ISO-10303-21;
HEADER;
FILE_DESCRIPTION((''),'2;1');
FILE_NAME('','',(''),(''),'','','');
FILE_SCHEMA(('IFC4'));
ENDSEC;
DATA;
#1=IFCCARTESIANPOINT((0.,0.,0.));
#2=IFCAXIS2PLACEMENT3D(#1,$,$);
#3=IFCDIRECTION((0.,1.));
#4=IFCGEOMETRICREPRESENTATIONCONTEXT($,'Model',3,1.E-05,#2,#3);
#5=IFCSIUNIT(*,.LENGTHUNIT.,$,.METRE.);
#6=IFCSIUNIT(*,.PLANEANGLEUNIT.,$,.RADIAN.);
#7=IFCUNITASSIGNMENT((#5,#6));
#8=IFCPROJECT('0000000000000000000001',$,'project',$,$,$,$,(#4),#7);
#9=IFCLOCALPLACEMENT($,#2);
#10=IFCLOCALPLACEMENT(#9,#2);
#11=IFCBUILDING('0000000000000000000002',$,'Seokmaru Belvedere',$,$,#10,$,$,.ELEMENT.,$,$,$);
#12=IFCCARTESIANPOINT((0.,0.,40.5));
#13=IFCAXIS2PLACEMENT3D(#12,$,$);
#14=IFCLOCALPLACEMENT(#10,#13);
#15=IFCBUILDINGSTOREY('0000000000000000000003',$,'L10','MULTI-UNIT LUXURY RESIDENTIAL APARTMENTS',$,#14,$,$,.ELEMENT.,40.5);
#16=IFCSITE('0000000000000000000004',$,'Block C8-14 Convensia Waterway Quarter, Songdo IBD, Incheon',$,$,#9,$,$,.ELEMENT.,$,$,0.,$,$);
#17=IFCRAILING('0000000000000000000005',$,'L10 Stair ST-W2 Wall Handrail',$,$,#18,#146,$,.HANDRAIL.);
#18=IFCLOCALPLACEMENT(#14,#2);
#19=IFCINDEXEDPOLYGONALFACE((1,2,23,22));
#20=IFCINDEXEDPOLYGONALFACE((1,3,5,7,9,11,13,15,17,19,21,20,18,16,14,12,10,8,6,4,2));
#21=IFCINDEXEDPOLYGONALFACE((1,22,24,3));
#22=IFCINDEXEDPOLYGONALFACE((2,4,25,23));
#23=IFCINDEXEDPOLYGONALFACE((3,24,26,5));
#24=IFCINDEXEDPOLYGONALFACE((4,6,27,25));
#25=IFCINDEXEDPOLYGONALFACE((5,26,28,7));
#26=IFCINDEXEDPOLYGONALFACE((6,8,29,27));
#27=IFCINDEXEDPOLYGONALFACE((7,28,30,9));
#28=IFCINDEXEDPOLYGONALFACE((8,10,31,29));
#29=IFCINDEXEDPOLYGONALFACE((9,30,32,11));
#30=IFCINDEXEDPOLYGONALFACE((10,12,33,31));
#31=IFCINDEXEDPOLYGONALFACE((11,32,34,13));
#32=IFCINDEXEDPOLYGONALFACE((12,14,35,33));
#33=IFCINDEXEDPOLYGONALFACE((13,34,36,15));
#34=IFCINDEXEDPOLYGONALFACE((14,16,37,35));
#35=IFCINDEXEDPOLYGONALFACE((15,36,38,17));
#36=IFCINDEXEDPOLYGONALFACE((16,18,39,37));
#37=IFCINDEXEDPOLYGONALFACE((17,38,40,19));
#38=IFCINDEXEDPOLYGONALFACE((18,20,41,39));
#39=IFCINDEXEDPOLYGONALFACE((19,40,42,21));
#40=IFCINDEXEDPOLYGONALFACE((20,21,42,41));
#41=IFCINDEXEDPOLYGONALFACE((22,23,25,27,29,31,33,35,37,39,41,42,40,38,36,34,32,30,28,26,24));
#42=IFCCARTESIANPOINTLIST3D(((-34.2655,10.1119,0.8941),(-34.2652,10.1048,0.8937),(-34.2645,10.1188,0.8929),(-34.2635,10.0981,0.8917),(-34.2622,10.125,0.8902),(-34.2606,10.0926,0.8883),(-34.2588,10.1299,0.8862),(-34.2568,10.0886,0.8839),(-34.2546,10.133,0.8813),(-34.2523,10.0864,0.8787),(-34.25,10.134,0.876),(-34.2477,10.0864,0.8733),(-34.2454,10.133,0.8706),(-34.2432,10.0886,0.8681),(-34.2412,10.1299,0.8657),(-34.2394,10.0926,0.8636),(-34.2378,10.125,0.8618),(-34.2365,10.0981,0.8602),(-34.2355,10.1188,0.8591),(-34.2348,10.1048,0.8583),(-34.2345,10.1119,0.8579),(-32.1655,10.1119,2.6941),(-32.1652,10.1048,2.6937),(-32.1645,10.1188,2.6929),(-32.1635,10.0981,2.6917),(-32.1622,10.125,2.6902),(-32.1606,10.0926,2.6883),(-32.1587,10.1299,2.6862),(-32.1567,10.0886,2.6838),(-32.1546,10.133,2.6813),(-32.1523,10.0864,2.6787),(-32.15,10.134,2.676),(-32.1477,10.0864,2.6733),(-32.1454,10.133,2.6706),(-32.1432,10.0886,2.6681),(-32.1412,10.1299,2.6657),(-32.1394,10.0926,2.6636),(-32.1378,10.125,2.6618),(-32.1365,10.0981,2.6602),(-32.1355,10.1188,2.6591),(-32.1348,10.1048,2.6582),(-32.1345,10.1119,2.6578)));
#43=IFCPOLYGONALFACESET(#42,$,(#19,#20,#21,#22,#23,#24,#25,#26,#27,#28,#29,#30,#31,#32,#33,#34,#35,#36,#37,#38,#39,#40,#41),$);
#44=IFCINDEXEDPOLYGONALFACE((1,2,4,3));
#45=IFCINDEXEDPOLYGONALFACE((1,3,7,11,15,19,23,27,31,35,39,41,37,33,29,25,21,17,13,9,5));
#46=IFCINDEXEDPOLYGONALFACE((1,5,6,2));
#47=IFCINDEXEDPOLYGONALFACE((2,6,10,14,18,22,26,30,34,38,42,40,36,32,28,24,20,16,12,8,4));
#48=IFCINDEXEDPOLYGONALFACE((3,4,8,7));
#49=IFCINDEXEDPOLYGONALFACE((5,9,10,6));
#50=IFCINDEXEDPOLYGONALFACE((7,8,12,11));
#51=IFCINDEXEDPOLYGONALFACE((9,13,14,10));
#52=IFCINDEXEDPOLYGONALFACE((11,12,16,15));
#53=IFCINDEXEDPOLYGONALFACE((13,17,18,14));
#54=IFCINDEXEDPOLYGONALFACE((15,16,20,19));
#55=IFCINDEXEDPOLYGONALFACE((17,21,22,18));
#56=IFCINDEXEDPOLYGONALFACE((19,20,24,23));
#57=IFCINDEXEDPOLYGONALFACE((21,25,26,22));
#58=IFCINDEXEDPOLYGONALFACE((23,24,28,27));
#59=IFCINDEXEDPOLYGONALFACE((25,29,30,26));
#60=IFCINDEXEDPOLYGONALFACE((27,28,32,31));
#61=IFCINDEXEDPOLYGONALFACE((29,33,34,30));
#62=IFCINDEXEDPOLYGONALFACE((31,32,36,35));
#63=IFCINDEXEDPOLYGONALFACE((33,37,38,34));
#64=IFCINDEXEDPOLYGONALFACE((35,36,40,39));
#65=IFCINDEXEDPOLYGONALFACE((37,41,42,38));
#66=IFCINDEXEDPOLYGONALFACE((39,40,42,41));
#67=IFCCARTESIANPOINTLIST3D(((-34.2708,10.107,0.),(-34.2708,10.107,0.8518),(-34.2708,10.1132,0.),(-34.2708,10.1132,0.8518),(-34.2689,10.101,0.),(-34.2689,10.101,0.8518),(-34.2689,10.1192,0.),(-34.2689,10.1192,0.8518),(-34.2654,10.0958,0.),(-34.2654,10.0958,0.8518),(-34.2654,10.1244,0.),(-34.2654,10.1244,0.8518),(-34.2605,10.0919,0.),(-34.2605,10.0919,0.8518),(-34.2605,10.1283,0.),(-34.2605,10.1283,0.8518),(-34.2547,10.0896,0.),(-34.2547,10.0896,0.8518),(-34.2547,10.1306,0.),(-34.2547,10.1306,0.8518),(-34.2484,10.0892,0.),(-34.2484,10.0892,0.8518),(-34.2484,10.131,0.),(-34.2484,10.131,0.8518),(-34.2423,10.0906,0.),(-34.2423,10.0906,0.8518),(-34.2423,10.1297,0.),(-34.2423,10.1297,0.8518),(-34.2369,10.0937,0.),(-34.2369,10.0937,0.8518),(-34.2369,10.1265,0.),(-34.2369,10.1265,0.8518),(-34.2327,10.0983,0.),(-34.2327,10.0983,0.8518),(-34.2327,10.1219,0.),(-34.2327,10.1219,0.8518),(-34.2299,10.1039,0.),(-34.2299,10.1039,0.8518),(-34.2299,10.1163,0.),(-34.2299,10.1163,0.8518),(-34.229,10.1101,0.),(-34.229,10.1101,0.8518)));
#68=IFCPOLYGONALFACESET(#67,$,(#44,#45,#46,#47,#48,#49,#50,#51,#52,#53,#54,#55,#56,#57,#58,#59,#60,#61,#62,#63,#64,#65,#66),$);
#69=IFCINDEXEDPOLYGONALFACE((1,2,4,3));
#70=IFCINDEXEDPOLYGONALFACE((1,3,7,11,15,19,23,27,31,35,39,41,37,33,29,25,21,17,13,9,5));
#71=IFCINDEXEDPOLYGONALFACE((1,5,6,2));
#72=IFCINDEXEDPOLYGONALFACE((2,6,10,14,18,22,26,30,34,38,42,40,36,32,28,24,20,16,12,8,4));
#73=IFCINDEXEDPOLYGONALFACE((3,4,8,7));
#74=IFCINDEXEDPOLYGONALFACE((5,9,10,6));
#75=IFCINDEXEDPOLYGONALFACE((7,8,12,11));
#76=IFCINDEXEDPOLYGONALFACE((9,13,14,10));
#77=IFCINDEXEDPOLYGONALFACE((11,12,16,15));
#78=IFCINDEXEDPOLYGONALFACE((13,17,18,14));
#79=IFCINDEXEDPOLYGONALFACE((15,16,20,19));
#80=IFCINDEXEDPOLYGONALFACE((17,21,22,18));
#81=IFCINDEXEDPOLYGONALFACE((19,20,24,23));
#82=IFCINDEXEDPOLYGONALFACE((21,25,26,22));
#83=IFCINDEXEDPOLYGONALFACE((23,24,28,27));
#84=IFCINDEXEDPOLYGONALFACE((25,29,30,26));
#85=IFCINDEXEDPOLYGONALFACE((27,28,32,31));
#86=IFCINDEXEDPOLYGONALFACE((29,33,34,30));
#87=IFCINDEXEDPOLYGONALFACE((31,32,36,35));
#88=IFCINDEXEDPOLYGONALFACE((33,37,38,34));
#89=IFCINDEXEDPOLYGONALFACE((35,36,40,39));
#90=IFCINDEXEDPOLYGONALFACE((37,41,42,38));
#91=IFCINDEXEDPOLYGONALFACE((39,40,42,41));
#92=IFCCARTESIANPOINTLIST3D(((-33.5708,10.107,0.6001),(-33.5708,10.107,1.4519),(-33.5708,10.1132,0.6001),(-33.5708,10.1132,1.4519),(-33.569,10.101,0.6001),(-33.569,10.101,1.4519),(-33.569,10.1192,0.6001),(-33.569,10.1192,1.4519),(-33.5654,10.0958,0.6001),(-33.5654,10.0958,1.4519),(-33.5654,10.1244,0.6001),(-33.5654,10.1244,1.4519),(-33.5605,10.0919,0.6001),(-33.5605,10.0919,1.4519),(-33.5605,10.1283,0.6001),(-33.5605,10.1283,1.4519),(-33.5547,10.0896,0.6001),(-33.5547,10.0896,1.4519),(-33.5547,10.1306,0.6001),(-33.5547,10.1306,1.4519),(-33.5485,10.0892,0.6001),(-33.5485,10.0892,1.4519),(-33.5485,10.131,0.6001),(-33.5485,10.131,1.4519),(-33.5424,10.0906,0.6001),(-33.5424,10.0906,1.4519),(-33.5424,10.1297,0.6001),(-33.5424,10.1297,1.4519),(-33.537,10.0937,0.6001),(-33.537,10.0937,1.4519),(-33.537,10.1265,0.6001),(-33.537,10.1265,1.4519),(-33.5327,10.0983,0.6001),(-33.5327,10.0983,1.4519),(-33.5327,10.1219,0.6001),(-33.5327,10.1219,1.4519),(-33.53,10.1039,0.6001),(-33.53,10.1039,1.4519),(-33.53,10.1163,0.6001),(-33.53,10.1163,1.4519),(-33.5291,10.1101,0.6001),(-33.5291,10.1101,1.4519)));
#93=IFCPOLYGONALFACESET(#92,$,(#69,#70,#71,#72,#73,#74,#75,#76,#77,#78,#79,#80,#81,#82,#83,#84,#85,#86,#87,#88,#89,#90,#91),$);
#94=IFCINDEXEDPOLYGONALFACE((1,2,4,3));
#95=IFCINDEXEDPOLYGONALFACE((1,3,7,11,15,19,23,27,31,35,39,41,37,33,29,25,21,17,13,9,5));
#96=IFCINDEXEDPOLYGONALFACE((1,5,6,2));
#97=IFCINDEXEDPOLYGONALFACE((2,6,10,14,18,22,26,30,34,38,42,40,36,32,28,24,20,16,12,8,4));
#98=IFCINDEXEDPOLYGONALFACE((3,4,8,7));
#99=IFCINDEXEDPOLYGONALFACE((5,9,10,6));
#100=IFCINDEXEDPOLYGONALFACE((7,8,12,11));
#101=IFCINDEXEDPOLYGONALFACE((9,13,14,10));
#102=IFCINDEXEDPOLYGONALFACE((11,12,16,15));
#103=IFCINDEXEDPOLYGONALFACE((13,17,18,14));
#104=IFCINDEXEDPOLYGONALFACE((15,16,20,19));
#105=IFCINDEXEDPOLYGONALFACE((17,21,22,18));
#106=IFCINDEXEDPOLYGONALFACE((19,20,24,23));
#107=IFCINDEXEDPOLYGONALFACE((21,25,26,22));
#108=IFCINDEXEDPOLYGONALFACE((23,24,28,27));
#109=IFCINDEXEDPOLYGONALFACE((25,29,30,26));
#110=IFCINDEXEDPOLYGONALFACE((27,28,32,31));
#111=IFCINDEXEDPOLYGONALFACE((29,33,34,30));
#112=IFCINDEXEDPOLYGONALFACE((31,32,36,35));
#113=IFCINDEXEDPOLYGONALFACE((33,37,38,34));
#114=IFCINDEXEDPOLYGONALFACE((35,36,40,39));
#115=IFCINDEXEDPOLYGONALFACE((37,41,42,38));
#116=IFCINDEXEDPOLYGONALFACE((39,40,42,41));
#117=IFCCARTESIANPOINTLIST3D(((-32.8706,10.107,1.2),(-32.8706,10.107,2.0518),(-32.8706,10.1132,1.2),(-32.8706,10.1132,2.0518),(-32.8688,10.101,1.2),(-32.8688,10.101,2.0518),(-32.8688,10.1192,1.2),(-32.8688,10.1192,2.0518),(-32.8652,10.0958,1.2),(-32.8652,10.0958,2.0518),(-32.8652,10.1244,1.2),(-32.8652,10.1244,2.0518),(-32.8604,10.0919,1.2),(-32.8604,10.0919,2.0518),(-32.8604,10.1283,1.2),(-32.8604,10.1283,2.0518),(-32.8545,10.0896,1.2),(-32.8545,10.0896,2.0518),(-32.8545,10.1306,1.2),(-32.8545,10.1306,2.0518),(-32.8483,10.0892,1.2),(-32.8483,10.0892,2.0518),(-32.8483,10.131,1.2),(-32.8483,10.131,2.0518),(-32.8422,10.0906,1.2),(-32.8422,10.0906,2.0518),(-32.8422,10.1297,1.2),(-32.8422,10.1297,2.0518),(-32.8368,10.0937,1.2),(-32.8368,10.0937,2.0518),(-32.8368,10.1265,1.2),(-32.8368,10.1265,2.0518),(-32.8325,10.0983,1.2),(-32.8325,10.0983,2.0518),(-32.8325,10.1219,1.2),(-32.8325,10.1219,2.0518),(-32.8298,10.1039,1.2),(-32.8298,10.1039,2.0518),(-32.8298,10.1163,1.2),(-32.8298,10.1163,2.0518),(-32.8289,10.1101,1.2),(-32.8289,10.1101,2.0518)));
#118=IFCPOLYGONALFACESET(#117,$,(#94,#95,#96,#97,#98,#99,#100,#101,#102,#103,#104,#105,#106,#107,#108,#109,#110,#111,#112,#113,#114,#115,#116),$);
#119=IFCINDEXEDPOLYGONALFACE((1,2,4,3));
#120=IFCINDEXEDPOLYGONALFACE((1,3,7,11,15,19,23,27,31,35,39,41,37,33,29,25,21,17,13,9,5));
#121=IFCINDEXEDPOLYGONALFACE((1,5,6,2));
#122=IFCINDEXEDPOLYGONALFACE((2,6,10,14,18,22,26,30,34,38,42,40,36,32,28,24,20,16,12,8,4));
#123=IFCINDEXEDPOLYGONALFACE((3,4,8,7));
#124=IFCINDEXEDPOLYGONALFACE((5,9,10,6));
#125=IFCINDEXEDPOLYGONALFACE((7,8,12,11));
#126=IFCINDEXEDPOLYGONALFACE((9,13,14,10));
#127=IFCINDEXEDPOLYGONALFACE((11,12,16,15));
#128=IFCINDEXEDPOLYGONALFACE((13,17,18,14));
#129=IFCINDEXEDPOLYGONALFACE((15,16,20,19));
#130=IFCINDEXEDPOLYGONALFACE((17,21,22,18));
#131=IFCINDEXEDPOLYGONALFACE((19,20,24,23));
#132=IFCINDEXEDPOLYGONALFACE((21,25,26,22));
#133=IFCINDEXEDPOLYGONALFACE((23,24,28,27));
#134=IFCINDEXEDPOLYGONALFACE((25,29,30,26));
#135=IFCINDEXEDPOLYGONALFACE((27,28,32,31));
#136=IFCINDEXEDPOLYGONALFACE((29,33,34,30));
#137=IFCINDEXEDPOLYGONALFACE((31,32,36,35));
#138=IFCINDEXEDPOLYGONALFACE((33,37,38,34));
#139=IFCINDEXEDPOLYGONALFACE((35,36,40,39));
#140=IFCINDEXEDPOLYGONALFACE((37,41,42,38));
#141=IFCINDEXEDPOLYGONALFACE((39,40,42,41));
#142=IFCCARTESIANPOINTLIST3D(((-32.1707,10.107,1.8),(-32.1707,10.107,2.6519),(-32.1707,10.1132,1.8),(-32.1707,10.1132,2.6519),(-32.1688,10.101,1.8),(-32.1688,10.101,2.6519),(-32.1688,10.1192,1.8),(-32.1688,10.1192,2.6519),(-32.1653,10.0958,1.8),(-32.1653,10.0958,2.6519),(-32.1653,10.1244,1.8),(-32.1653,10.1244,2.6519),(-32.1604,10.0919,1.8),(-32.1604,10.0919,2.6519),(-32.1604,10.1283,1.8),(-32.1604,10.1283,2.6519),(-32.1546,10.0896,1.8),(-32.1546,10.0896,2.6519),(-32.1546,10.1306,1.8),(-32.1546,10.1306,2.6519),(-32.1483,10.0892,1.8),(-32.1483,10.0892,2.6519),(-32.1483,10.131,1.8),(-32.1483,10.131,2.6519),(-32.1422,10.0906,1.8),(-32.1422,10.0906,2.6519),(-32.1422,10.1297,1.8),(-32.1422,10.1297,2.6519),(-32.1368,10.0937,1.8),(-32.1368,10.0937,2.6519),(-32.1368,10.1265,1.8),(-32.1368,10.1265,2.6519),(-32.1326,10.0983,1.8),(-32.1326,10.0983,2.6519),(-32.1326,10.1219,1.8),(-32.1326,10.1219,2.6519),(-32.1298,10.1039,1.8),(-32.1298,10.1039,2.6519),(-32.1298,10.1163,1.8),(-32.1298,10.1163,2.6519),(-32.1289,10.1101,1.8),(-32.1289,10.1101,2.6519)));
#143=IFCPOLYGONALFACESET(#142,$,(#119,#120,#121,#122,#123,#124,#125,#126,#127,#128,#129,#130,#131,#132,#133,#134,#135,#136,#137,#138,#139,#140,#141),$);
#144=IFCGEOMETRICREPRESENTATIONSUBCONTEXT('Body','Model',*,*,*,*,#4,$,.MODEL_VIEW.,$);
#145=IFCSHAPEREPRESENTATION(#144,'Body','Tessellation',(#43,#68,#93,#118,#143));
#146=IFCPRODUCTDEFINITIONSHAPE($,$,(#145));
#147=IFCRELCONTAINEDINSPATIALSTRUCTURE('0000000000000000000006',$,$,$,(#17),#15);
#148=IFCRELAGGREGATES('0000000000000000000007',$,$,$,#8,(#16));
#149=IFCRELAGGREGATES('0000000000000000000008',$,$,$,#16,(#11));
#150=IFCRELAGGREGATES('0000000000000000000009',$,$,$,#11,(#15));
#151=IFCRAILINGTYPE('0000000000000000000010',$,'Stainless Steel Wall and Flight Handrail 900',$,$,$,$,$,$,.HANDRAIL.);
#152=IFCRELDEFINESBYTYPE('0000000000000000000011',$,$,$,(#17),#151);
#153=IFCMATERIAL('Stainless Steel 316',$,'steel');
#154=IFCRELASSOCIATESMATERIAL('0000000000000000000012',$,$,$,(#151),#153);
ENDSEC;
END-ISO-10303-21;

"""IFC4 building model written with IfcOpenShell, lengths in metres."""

from ifc_helpers import new_model, si_unit, direction, frame, origin, origin_2d, place, context, subcontext, project, spatial, circle, extrude, material, type_object, element, save


model = new_model("IFC4")

# Units and contexts
model_context = context("Model", 3, precision=1e-05, world=origin(), true_north=direction((0.0, 1.0)))
body_context = subcontext(model_context, "Body", "Model", "MODEL_VIEW")
ifc_project = project(units=[si_unit("LENGTHUNIT", "METRE"), si_unit("PLANEANGLEUNIT", "RADIAN")], contexts=[model_context])

# Site, building, storey
site_placement = place(None, origin())
site = spatial("IfcSite", under=ifc_project, at=site_placement, Name="Block C8-14 Convensia Waterway Quarter, Songdo IBD, Incheon", CompositionType="ELEMENT", RefElevation=0.0)
building_placement = place(site_placement, origin())
building = spatial("IfcBuilding", under=site, at=building_placement, Name="Seokmaru Belvedere", CompositionType="ELEMENT")
storey_placement = place(building_placement, frame((0.0, 0.0, 40.5)))
storey = spatial("IfcBuildingStorey", under=building, at=storey_placement, Name="L10", Description="MULTI-UNIT LUXURY RESIDENTIAL APARTMENTS", CompositionType="ELEMENT", Elevation=40.5)

# Railing
ifc_material_1 = material(Name="Stainless Steel 316", Category="steel")
railing_type_1 = type_object("IfcRailingType", Name="Stainless Steel Wall and Flight Handrail 900", PredefinedType="HANDRAIL", material=ifc_material_1)
railing_1_placement = place(storey_placement, frame((-34.25, 10.1101, 0.0)))
element("IfcRailing", 1, at=railing_1_placement, inside=storey, type_object=railing_type_1, Name="L10 Stair ST-W2 Wall Handrail", PredefinedType="HANDRAIL", context=body_context, shape_type="SweptSolid", body=[
    extrude(circle(Radius=0.0239, at=origin_2d()), frame((0.0, 0.0, 0.876), z_axis=(0.759263, 0.0, 0.650784), x_axis=(0.0, 1.0, 0.0)), (0.0, 0.0, 1.0), 2.7659),
    extrude(circle(Radius=0.021, at=origin_2d()), origin(), (0.0, 0.0, 1.0), 0.8518),
    extrude(circle(Radius=0.021, at=origin_2d()), frame((0.7, 0.0, 0.6001)), (0.0, 0.0, 1.0), 0.8518),
    extrude(circle(Radius=0.021, at=origin_2d()), frame((1.4001, 0.0, 1.2)), (0.0, 0.0, 1.0), 0.8518),
    extrude(circle(Radius=0.021, at=origin_2d()), frame((2.1001, 0.0, 1.8)), (0.0, 0.0, 1.0), 0.8518),
])

save(model, "model.ifc")
